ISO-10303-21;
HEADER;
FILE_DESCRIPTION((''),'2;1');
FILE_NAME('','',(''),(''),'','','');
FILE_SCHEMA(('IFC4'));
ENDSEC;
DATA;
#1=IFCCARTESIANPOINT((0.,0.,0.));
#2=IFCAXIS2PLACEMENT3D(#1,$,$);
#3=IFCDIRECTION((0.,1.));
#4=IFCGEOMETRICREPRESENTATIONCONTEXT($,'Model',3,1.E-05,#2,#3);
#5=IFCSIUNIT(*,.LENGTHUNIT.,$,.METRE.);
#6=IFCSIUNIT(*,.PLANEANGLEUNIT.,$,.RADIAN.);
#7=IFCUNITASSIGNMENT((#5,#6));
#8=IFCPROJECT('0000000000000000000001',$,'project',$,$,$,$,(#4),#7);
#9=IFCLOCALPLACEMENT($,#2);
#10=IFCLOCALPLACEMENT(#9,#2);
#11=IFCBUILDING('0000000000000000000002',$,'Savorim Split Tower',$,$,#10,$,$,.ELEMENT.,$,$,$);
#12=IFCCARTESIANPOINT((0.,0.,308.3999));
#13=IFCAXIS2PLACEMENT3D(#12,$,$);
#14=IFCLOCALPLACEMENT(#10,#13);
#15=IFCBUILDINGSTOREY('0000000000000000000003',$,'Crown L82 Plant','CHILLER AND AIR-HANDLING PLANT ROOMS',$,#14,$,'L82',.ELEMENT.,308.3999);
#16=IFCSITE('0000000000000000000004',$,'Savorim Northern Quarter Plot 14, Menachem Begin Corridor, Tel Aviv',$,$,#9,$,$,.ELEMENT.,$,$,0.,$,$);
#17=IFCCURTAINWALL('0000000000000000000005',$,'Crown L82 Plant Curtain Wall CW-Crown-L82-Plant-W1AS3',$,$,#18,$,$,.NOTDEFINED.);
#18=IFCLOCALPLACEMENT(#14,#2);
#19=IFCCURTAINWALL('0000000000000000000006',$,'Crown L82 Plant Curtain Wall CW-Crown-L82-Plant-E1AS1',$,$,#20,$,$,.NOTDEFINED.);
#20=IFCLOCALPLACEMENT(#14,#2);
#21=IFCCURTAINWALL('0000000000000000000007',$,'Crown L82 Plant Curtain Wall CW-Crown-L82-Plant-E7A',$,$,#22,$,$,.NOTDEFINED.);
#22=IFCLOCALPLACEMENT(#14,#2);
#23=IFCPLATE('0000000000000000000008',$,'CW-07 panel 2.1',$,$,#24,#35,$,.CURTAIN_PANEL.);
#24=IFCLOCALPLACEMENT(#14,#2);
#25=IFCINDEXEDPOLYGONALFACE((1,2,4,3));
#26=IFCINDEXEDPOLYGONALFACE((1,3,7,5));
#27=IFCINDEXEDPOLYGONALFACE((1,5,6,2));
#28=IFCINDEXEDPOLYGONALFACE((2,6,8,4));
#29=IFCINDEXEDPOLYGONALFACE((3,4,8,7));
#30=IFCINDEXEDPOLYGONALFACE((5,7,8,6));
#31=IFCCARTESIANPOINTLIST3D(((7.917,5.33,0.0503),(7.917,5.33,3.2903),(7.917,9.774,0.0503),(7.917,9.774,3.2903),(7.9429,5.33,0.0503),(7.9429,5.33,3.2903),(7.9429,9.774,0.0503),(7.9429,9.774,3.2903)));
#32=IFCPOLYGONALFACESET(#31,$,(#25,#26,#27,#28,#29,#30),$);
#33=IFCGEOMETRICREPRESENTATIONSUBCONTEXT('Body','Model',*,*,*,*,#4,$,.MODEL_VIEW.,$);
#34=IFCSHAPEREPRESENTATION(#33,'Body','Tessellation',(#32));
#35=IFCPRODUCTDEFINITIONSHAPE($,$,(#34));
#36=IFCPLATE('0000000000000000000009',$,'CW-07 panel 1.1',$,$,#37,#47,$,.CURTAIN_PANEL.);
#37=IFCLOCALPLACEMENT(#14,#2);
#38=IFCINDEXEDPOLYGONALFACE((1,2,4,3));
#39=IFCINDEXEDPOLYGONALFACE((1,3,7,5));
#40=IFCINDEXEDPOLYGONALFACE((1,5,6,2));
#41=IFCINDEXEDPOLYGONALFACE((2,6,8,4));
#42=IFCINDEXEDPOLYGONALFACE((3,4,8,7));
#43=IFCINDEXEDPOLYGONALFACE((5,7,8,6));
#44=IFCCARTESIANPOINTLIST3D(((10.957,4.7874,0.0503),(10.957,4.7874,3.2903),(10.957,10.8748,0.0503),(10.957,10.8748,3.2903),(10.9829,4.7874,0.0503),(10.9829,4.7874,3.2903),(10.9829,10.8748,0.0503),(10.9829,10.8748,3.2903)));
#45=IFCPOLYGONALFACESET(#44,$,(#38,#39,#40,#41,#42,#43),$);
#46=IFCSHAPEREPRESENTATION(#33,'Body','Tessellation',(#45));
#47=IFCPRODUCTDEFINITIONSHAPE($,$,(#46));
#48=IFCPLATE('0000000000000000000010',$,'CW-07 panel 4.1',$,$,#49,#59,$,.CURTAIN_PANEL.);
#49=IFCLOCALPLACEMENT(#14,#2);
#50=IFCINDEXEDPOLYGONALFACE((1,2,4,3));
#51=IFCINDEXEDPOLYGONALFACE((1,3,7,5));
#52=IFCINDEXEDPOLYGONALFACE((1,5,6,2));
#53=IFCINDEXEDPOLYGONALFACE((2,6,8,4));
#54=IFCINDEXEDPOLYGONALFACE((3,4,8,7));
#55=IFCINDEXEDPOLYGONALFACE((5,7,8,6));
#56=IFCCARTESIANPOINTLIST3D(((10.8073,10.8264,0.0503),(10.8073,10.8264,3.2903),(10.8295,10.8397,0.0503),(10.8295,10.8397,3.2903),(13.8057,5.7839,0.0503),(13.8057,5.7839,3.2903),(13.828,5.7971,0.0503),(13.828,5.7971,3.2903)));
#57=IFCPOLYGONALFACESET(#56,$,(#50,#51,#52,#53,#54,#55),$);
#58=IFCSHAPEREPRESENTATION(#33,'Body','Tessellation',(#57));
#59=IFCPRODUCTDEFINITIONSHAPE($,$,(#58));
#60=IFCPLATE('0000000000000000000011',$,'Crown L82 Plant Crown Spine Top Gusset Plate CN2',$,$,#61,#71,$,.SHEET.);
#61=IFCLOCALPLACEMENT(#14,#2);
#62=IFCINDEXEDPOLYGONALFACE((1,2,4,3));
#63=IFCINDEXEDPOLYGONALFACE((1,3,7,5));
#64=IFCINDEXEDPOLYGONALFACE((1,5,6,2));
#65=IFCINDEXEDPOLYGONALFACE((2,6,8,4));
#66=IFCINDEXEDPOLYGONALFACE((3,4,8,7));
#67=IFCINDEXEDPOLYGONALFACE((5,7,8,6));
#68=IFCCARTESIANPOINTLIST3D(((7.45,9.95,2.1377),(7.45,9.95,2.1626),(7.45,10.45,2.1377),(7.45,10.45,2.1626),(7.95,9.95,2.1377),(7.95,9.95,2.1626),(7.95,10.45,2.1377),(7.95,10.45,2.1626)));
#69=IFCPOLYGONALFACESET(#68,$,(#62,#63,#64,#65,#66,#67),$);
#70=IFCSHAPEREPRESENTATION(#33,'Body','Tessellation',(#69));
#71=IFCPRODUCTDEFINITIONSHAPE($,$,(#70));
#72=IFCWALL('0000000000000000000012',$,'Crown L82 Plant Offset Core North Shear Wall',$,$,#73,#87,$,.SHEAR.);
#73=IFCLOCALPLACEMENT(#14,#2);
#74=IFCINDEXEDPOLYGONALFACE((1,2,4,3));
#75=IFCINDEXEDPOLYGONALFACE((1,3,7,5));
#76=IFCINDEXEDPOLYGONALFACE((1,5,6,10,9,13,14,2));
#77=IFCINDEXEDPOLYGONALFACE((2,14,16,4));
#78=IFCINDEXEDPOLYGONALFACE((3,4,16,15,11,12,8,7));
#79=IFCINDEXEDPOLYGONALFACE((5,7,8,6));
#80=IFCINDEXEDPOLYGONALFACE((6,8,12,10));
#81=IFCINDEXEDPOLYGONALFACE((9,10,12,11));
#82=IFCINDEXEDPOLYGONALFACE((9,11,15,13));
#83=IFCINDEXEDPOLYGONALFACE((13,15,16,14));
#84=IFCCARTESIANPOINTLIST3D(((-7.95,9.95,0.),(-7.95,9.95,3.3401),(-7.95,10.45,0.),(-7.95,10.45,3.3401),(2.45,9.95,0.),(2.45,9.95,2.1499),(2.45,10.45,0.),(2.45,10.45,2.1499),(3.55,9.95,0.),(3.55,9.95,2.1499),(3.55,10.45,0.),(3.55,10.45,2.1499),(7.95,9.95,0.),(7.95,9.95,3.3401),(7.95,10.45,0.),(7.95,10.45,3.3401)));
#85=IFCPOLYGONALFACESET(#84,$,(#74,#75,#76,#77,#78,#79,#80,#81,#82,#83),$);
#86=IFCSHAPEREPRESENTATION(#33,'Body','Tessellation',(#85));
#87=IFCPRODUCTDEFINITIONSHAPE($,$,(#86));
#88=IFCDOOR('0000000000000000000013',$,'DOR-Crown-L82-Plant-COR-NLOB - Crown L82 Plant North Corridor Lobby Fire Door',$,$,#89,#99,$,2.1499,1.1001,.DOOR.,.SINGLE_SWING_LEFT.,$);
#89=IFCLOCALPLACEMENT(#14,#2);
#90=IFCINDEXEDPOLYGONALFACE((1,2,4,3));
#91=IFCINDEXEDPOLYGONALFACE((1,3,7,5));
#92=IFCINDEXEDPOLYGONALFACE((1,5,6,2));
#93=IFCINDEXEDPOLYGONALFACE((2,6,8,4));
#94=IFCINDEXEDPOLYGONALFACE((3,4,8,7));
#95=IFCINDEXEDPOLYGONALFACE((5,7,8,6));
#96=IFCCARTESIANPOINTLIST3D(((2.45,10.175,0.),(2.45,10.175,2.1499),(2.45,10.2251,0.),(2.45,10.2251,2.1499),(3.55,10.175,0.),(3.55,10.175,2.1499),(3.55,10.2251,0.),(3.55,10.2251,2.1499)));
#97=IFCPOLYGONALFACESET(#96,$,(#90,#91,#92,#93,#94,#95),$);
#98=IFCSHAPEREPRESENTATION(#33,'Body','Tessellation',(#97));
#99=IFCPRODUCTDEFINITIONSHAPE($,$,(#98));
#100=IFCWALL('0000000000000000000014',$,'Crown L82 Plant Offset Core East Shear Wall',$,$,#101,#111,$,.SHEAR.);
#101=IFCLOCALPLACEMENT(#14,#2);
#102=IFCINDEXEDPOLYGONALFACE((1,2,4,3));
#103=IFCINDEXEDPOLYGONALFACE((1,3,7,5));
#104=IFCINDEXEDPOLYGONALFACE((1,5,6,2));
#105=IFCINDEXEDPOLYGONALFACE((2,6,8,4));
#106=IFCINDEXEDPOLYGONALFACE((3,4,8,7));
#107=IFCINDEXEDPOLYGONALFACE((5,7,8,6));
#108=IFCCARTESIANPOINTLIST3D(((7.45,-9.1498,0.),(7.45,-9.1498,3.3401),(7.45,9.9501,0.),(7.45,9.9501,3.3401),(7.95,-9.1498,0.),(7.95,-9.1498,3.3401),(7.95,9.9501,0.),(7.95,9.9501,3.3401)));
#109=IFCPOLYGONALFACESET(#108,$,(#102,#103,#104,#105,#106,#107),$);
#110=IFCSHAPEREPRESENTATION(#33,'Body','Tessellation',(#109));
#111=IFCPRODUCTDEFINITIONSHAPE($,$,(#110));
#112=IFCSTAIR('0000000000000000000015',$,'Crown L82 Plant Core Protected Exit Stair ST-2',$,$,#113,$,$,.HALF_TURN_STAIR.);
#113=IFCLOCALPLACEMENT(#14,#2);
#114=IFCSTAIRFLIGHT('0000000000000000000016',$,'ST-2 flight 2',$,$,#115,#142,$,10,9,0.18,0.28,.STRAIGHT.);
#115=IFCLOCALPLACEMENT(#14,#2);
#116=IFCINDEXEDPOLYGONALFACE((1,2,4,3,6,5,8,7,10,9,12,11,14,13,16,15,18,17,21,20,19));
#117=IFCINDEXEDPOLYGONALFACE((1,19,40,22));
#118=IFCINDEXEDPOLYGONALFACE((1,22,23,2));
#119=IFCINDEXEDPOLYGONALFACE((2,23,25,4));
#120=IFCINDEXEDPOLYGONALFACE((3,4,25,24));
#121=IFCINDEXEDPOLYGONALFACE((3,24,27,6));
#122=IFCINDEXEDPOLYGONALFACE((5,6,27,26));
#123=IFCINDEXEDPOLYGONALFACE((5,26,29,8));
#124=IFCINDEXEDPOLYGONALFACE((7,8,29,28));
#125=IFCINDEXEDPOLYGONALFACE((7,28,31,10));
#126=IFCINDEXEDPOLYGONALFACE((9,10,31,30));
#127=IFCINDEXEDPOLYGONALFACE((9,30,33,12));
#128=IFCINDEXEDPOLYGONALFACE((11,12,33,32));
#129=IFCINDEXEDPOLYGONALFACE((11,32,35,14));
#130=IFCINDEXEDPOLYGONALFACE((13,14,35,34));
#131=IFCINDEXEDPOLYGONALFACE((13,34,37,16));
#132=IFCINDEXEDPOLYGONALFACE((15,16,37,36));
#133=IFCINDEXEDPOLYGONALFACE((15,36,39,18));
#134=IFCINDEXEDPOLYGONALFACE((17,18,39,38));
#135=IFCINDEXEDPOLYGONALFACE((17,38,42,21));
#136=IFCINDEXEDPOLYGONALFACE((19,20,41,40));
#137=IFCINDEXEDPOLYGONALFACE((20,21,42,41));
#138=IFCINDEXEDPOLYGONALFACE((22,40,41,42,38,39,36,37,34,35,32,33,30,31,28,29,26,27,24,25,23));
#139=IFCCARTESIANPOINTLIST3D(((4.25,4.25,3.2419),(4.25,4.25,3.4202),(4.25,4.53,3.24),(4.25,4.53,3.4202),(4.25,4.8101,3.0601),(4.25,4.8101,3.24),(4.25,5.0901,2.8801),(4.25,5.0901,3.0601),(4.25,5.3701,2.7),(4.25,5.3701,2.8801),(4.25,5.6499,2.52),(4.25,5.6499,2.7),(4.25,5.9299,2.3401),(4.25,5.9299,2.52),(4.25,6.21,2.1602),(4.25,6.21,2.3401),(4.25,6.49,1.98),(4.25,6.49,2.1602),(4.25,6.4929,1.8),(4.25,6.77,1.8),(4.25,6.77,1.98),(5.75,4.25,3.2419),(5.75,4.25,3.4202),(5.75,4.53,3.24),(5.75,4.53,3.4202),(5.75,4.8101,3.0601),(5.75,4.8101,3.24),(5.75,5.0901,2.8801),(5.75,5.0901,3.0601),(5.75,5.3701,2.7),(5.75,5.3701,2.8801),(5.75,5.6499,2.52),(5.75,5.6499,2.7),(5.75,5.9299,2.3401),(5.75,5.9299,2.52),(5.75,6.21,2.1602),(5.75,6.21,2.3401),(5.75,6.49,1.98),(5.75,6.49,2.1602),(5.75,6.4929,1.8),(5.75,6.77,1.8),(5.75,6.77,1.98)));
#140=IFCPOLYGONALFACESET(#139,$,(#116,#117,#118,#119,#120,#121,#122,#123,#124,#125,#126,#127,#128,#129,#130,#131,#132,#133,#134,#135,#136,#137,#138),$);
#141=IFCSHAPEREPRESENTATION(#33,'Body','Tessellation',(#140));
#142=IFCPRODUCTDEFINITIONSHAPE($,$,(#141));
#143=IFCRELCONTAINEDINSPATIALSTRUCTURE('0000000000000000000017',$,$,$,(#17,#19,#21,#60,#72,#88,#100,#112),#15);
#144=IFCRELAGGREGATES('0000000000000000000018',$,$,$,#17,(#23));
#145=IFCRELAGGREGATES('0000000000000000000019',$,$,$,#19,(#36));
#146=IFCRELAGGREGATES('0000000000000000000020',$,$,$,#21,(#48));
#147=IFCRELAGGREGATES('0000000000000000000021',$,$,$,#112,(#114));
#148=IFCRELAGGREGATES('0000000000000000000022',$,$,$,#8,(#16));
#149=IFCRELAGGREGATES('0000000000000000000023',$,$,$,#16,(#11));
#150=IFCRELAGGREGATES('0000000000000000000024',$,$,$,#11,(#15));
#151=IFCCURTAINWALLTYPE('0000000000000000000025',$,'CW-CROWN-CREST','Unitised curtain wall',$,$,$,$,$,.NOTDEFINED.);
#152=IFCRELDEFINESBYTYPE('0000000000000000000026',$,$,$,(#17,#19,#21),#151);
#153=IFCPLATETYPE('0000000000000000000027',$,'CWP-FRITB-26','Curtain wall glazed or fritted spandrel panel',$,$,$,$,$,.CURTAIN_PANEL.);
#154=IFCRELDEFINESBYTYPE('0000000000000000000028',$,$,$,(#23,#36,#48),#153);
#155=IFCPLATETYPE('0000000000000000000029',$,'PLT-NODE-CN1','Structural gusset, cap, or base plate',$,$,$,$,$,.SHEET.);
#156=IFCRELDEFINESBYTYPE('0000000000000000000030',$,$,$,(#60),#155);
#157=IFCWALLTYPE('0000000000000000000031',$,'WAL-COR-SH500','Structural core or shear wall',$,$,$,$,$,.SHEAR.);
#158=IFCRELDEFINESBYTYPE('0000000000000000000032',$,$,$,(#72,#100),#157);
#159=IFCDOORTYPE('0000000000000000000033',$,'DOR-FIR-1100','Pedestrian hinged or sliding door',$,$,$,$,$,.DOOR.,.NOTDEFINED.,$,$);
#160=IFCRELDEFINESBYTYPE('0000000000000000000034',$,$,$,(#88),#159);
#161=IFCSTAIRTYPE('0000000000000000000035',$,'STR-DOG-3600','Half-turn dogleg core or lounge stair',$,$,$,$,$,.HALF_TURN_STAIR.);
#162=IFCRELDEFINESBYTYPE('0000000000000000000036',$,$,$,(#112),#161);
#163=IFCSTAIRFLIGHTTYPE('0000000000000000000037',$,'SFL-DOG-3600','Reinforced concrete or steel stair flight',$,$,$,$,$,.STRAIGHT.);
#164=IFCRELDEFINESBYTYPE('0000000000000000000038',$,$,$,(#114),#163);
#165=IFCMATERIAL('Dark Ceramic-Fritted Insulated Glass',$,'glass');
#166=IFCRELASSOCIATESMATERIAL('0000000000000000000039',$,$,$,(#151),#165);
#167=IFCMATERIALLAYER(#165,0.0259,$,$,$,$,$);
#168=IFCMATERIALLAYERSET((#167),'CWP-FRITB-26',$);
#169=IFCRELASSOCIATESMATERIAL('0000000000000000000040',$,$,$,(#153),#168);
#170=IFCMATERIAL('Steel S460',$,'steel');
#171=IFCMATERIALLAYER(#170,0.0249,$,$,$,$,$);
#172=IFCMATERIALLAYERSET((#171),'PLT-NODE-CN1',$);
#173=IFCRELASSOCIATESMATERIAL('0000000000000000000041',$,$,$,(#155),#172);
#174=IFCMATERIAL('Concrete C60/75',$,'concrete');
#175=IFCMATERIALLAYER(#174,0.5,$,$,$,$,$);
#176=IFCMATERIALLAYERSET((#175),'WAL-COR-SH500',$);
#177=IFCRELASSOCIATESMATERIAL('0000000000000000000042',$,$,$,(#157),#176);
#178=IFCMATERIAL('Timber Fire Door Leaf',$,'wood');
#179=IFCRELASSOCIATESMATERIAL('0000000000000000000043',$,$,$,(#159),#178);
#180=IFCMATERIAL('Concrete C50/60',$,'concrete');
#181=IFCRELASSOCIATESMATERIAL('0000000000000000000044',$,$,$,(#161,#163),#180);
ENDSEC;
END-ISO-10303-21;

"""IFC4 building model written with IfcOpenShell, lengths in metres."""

from ifc_helpers import new_model, si_unit, direction, frame, frame_2d, origin, origin_2d, place, context, subcontext, project, spatial, polyline, rectangle, outline, extrude, material, layer, layer_set, type_object, element, fill, aggregate, save


model = new_model("IFC4")

# Units and contexts
model_context = context("Model", 3, precision=1e-05, world=origin(), true_north=direction((0.0, 1.0)))
body_context = subcontext(model_context, "Body", "Model", "MODEL_VIEW")
ifc_project = project(units=[si_unit("LENGTHUNIT", "METRE"), si_unit("PLANEANGLEUNIT", "RADIAN")], contexts=[model_context])

# Site, building, storey
site_placement = place(None, origin())
site = spatial("IfcSite", under=ifc_project, at=site_placement, Name="Savorim Northern Quarter Plot 14, Menachem Begin Corridor, Tel Aviv", CompositionType="ELEMENT", RefElevation=0.0)
building_placement = place(site_placement, origin())
building = spatial("IfcBuilding", under=site, at=building_placement, Name="Savorim Split Tower", CompositionType="ELEMENT")
storey_placement = place(building_placement, frame((0.0, 0.0, 308.3999)))
storey = spatial("IfcBuildingStorey", under=building, at=storey_placement, Name="Crown L82 Plant", Description="CHILLER AND AIR-HANDLING PLANT ROOMS", LongName="L82", CompositionType="ELEMENT", Elevation=308.3999)

# Curtain wall
ifc_material_1 = material(Name="Dark Ceramic-Fritted Insulated Glass", Category="glass")
curtain_wall_type = type_object("IfcCurtainWallType", Name="CW-CROWN-CREST", Description="Unitised curtain wall", PredefinedType="NOTDEFINED", material=ifc_material_1)
curtain_wall_1_placement = place(storey_placement, origin())
curtain_wall_1 = element("IfcCurtainWall", 1, at=curtain_wall_1_placement, inside=storey, type_object=curtain_wall_type, Name="Crown L82 Plant Curtain Wall CW-Crown-L82-Plant-W1AS3", PredefinedType="NOTDEFINED")

# Curtain walls
curtain_wall_2_placement = place(storey_placement, origin())
curtain_wall_2 = element("IfcCurtainWall", 2, at=curtain_wall_2_placement, inside=storey, type_object=curtain_wall_type, Name="Crown L82 Plant Curtain Wall CW-Crown-L82-Plant-E1AS1", PredefinedType="NOTDEFINED")
curtain_wall_3_placement = place(storey_placement, origin())
curtain_wall_3 = element("IfcCurtainWall", 3, at=curtain_wall_3_placement, inside=storey, type_object=curtain_wall_type, Name="Crown L82 Plant Curtain Wall CW-Crown-L82-Plant-E7A", PredefinedType="NOTDEFINED")

# Plates
ifc_layer_1 = layer(ifc_material_1, 0.0259)
ifc_layer_set_1 = layer_set([ifc_layer_1], Name="CWP-FRITB-26")
plate_type_1 = type_object("IfcPlateType", Name="CWP-FRITB-26", Description="Curtain wall glazed or fritted spandrel panel", PredefinedType="CURTAIN_PANEL", material=ifc_layer_set_1)
plate_1_placement = place(storey_placement, frame((7.9299, 7.552, 0.0503), z_axis=(0.0, 0.0, 1.0), x_axis=(0.0, 1.0, 0.0)))
plate_1 = element("IfcPlate", 4, at=plate_1_placement, type_object=plate_type_1, Name="CW-07 panel 2.1", PredefinedType="CURTAIN_PANEL", context=body_context, shape_type="SweptSolid", body=[
    extrude(rectangle(XDim=4.4441, YDim=0.0259, at=origin_2d()), origin(), (0.0, 0.0, 1.0), 3.24),
])
aggregate(curtain_wall_1, [plate_1])
plate_2_placement = place(storey_placement, frame((10.97, 7.8311, 0.0503), z_axis=(0.0, 0.0, 1.0), x_axis=(0.0, -1.0, 0.0)))
plate_2 = element("IfcPlate", 5, at=plate_2_placement, type_object=plate_type_1, Name="CW-07 panel 1.1", PredefinedType="CURTAIN_PANEL", context=body_context, shape_type="SweptSolid", body=[
    extrude(rectangle(XDim=6.0874, YDim=0.0259, at=origin_2d()), origin(), (0.0, 0.0, 1.0), 3.24),
])
aggregate(curtain_wall_2, [plate_2])
plate_3_placement = place(storey_placement, frame((12.3176, 8.3118, 0.0503), z_axis=(0.0, 0.0, 1.0), x_axis=(-0.511095, 0.859524, 0.0)))
plate_3 = element("IfcPlate", 6, at=plate_3_placement, type_object=plate_type_1, Name="CW-07 panel 4.1", PredefinedType="CURTAIN_PANEL", context=body_context, shape_type="SweptSolid", body=[
    extrude(rectangle(XDim=5.8667, YDim=0.0259, at=origin_2d()), origin(), (0.0, 0.0, 1.0), 3.24),
])
aggregate(curtain_wall_3, [plate_3])
ifc_material_2 = material(Name="Steel S460", Category="steel")
ifc_layer_2 = layer(ifc_material_2, 0.0249)
ifc_layer_set_2 = layer_set([ifc_layer_2], Name="PLT-NODE-CN1")
plate_type_2 = type_object("IfcPlateType", Name="PLT-NODE-CN1", Description="Structural gusset, cap, or base plate", PredefinedType="SHEET", material=ifc_layer_set_2)
plate_4_placement = place(storey_placement, frame((7.7, 10.2, 2.1377), z_axis=(0.0, 0.0, 1.0), x_axis=(1.0, 0.0, 0.0)))
element("IfcPlate", 7, at=plate_4_placement, inside=storey, type_object=plate_type_2, Name="Crown L82 Plant Crown Spine Top Gusset Plate CN2", PredefinedType="SHEET", context=body_context, shape_type="SweptSolid", body=[
    extrude(rectangle(XDim=0.5, YDim=0.5, at=origin_2d()), origin(), (0.0, 0.0, 1.0), 0.0249),
])

# Wall, opening, door
ifc_material_3 = material(Name="Concrete C60/75", Category="concrete")
ifc_layer_3 = layer(ifc_material_3, 0.5)
ifc_layer_set_3 = layer_set([ifc_layer_3], Name="WAL-COR-SH500")
wall_type = type_object("IfcWallType", Name="WAL-COR-SH500", Description="Structural core or shear wall", PredefinedType="SHEAR", material=ifc_layer_set_3)
wall_1_placement = place(storey_placement, frame((7.95, 10.2, 0.0), z_axis=(0.0, 0.0, 1.0), x_axis=(-1.0, 0.0, 0.0)))
wall_1 = element("IfcWall", 8, at=wall_1_placement, inside=storey, type_object=wall_type, Name="Crown L82 Plant Offset Core North Shear Wall", PredefinedType="SHEAR", context=body_context, shape_type="SweptSolid", body=[
    extrude(rectangle(XDim=15.8999, YDim=0.5, at=frame_2d((7.95, 0.0))), origin(), (0.0, 0.0, 1.0), 3.3401),
])
opening_placement = place(wall_1_placement, frame((4.3999, 0.0, 0.0)))
opening = element("IfcOpeningElement", 9, at=opening_placement, cuts=wall_1, PredefinedType="OPENING", context=body_context, shape_type="SweptSolid", body=[
    extrude(rectangle(XDim=1.1001, YDim=2.1499, at=frame_2d((0.55, 1.075))), frame((0.0, 0.26, 0.0), z_axis=(0.0, -1.0, 0.0), x_axis=(1.0, 0.0, 0.0)), (0.0, 0.0, 1.0), 0.52),
])
ifc_material_4 = material(Name="Timber Fire Door Leaf", Category="wood")
door_type = type_object("IfcDoorType", Name="DOR-FIR-1100", Description="Pedestrian hinged or sliding door", OperationType="NOTDEFINED", PredefinedType="DOOR", material=ifc_material_4)
door_placement = place(opening_placement, origin())
door = element("IfcDoor", 10, at=door_placement, inside=storey, type_object=door_type, Name="DOR-Crown-L82-Plant-COR-NLOB - Crown L82 Plant North Corridor Lobby Fire Door", OperationType="SINGLE_SWING_LEFT", OverallHeight=2.1499, OverallWidth=1.1001, PredefinedType="DOOR", context=body_context, shape_type="SweptSolid", body=[
    extrude(rectangle(XDim=1.1001, YDim=2.1499, at=frame_2d((0.55, 1.075))), frame((0.0, 0.0249, 0.0), z_axis=(0.0, -1.0, 0.0), x_axis=(1.0, 0.0, 0.0)), (0.0, 0.0, 1.0), 0.05),
])
fill(opening, door)

# Wall
wall_2_placement = place(storey_placement, frame((7.7, 9.95, 0.0), z_axis=(0.0, 0.0, 1.0), x_axis=(0.0, -1.0, 0.0)))
element("IfcWall", 11, at=wall_2_placement, inside=storey, type_object=wall_type, Name="Crown L82 Plant Offset Core East Shear Wall", PredefinedType="SHEAR", context=body_context, shape_type="SweptSolid", body=[
    extrude(rectangle(XDim=19.0999, YDim=0.5, at=frame_2d((9.5498, 0.0))), origin(), (0.0, 0.0, 1.0), 3.3401),
])

# Stair, stair flight
ifc_material_5 = material(Name="Concrete C50/60", Category="concrete")
stair_type = type_object("IfcStairType", Name="STR-DOG-3600", Description="Half-turn dogleg core or lounge stair", PredefinedType="HALF_TURN_STAIR", material=ifc_material_5)
stair_placement = place(storey_placement, origin())
stair = element("IfcStair", 12, at=stair_placement, inside=storey, type_object=stair_type, Name="Crown L82 Plant Core Protected Exit Stair ST-2", PredefinedType="HALF_TURN_STAIR")
stair_flight_type = type_object("IfcStairFlightType", Name="SFL-DOG-3600", Description="Reinforced concrete or steel stair flight", PredefinedType="STRAIGHT", material=ifc_material_5)
stair_flight_placement = place(storey_placement, frame((5.0, 6.77, 1.8), z_axis=(0.0, 0.0, 1.0), x_axis=(0.0, -1.0, 0.0)))
stair_flight = element("IfcStairFlight", 13, at=stair_flight_placement, type_object=stair_flight_type, Name="ST-2 flight 2", NumberOfRisers=10, NumberOfTreads=9, PredefinedType="STRAIGHT", RiserHeight=0.18, TreadLength=0.28, context=body_context, shape_type="SweptSolid", body=[
    extrude(outline(polyline([(0.0, 0.0), (0.0, 0.1799), (0.28, 0.1799), (0.28, 0.3601), (0.5601, 0.3601), (0.5601, 0.54), (0.8401, 0.54), (0.8401, 0.72), (1.1201, 0.72), (1.1201, 0.8999), (1.3999, 0.8999), (1.3999, 1.0801), (1.6799, 1.0801), (1.6799, 1.26), (1.96, 1.26), (1.96, 1.4399), (2.24, 1.4399), (2.24, 1.6201), (2.52, 1.6201), (2.52, 1.8), (2.52, 1.4419), (0.2771, 0.0), (0.0, 0.0)])), frame((0.0, 0.75, 0.0), z_axis=(0.0, -1.0, 0.0), x_axis=(1.0, 0.0, 0.0)), (0.0, 0.0, 1.0), 1.5),
])
aggregate(stair, [stair_flight])

save(model, "model.ifc")
